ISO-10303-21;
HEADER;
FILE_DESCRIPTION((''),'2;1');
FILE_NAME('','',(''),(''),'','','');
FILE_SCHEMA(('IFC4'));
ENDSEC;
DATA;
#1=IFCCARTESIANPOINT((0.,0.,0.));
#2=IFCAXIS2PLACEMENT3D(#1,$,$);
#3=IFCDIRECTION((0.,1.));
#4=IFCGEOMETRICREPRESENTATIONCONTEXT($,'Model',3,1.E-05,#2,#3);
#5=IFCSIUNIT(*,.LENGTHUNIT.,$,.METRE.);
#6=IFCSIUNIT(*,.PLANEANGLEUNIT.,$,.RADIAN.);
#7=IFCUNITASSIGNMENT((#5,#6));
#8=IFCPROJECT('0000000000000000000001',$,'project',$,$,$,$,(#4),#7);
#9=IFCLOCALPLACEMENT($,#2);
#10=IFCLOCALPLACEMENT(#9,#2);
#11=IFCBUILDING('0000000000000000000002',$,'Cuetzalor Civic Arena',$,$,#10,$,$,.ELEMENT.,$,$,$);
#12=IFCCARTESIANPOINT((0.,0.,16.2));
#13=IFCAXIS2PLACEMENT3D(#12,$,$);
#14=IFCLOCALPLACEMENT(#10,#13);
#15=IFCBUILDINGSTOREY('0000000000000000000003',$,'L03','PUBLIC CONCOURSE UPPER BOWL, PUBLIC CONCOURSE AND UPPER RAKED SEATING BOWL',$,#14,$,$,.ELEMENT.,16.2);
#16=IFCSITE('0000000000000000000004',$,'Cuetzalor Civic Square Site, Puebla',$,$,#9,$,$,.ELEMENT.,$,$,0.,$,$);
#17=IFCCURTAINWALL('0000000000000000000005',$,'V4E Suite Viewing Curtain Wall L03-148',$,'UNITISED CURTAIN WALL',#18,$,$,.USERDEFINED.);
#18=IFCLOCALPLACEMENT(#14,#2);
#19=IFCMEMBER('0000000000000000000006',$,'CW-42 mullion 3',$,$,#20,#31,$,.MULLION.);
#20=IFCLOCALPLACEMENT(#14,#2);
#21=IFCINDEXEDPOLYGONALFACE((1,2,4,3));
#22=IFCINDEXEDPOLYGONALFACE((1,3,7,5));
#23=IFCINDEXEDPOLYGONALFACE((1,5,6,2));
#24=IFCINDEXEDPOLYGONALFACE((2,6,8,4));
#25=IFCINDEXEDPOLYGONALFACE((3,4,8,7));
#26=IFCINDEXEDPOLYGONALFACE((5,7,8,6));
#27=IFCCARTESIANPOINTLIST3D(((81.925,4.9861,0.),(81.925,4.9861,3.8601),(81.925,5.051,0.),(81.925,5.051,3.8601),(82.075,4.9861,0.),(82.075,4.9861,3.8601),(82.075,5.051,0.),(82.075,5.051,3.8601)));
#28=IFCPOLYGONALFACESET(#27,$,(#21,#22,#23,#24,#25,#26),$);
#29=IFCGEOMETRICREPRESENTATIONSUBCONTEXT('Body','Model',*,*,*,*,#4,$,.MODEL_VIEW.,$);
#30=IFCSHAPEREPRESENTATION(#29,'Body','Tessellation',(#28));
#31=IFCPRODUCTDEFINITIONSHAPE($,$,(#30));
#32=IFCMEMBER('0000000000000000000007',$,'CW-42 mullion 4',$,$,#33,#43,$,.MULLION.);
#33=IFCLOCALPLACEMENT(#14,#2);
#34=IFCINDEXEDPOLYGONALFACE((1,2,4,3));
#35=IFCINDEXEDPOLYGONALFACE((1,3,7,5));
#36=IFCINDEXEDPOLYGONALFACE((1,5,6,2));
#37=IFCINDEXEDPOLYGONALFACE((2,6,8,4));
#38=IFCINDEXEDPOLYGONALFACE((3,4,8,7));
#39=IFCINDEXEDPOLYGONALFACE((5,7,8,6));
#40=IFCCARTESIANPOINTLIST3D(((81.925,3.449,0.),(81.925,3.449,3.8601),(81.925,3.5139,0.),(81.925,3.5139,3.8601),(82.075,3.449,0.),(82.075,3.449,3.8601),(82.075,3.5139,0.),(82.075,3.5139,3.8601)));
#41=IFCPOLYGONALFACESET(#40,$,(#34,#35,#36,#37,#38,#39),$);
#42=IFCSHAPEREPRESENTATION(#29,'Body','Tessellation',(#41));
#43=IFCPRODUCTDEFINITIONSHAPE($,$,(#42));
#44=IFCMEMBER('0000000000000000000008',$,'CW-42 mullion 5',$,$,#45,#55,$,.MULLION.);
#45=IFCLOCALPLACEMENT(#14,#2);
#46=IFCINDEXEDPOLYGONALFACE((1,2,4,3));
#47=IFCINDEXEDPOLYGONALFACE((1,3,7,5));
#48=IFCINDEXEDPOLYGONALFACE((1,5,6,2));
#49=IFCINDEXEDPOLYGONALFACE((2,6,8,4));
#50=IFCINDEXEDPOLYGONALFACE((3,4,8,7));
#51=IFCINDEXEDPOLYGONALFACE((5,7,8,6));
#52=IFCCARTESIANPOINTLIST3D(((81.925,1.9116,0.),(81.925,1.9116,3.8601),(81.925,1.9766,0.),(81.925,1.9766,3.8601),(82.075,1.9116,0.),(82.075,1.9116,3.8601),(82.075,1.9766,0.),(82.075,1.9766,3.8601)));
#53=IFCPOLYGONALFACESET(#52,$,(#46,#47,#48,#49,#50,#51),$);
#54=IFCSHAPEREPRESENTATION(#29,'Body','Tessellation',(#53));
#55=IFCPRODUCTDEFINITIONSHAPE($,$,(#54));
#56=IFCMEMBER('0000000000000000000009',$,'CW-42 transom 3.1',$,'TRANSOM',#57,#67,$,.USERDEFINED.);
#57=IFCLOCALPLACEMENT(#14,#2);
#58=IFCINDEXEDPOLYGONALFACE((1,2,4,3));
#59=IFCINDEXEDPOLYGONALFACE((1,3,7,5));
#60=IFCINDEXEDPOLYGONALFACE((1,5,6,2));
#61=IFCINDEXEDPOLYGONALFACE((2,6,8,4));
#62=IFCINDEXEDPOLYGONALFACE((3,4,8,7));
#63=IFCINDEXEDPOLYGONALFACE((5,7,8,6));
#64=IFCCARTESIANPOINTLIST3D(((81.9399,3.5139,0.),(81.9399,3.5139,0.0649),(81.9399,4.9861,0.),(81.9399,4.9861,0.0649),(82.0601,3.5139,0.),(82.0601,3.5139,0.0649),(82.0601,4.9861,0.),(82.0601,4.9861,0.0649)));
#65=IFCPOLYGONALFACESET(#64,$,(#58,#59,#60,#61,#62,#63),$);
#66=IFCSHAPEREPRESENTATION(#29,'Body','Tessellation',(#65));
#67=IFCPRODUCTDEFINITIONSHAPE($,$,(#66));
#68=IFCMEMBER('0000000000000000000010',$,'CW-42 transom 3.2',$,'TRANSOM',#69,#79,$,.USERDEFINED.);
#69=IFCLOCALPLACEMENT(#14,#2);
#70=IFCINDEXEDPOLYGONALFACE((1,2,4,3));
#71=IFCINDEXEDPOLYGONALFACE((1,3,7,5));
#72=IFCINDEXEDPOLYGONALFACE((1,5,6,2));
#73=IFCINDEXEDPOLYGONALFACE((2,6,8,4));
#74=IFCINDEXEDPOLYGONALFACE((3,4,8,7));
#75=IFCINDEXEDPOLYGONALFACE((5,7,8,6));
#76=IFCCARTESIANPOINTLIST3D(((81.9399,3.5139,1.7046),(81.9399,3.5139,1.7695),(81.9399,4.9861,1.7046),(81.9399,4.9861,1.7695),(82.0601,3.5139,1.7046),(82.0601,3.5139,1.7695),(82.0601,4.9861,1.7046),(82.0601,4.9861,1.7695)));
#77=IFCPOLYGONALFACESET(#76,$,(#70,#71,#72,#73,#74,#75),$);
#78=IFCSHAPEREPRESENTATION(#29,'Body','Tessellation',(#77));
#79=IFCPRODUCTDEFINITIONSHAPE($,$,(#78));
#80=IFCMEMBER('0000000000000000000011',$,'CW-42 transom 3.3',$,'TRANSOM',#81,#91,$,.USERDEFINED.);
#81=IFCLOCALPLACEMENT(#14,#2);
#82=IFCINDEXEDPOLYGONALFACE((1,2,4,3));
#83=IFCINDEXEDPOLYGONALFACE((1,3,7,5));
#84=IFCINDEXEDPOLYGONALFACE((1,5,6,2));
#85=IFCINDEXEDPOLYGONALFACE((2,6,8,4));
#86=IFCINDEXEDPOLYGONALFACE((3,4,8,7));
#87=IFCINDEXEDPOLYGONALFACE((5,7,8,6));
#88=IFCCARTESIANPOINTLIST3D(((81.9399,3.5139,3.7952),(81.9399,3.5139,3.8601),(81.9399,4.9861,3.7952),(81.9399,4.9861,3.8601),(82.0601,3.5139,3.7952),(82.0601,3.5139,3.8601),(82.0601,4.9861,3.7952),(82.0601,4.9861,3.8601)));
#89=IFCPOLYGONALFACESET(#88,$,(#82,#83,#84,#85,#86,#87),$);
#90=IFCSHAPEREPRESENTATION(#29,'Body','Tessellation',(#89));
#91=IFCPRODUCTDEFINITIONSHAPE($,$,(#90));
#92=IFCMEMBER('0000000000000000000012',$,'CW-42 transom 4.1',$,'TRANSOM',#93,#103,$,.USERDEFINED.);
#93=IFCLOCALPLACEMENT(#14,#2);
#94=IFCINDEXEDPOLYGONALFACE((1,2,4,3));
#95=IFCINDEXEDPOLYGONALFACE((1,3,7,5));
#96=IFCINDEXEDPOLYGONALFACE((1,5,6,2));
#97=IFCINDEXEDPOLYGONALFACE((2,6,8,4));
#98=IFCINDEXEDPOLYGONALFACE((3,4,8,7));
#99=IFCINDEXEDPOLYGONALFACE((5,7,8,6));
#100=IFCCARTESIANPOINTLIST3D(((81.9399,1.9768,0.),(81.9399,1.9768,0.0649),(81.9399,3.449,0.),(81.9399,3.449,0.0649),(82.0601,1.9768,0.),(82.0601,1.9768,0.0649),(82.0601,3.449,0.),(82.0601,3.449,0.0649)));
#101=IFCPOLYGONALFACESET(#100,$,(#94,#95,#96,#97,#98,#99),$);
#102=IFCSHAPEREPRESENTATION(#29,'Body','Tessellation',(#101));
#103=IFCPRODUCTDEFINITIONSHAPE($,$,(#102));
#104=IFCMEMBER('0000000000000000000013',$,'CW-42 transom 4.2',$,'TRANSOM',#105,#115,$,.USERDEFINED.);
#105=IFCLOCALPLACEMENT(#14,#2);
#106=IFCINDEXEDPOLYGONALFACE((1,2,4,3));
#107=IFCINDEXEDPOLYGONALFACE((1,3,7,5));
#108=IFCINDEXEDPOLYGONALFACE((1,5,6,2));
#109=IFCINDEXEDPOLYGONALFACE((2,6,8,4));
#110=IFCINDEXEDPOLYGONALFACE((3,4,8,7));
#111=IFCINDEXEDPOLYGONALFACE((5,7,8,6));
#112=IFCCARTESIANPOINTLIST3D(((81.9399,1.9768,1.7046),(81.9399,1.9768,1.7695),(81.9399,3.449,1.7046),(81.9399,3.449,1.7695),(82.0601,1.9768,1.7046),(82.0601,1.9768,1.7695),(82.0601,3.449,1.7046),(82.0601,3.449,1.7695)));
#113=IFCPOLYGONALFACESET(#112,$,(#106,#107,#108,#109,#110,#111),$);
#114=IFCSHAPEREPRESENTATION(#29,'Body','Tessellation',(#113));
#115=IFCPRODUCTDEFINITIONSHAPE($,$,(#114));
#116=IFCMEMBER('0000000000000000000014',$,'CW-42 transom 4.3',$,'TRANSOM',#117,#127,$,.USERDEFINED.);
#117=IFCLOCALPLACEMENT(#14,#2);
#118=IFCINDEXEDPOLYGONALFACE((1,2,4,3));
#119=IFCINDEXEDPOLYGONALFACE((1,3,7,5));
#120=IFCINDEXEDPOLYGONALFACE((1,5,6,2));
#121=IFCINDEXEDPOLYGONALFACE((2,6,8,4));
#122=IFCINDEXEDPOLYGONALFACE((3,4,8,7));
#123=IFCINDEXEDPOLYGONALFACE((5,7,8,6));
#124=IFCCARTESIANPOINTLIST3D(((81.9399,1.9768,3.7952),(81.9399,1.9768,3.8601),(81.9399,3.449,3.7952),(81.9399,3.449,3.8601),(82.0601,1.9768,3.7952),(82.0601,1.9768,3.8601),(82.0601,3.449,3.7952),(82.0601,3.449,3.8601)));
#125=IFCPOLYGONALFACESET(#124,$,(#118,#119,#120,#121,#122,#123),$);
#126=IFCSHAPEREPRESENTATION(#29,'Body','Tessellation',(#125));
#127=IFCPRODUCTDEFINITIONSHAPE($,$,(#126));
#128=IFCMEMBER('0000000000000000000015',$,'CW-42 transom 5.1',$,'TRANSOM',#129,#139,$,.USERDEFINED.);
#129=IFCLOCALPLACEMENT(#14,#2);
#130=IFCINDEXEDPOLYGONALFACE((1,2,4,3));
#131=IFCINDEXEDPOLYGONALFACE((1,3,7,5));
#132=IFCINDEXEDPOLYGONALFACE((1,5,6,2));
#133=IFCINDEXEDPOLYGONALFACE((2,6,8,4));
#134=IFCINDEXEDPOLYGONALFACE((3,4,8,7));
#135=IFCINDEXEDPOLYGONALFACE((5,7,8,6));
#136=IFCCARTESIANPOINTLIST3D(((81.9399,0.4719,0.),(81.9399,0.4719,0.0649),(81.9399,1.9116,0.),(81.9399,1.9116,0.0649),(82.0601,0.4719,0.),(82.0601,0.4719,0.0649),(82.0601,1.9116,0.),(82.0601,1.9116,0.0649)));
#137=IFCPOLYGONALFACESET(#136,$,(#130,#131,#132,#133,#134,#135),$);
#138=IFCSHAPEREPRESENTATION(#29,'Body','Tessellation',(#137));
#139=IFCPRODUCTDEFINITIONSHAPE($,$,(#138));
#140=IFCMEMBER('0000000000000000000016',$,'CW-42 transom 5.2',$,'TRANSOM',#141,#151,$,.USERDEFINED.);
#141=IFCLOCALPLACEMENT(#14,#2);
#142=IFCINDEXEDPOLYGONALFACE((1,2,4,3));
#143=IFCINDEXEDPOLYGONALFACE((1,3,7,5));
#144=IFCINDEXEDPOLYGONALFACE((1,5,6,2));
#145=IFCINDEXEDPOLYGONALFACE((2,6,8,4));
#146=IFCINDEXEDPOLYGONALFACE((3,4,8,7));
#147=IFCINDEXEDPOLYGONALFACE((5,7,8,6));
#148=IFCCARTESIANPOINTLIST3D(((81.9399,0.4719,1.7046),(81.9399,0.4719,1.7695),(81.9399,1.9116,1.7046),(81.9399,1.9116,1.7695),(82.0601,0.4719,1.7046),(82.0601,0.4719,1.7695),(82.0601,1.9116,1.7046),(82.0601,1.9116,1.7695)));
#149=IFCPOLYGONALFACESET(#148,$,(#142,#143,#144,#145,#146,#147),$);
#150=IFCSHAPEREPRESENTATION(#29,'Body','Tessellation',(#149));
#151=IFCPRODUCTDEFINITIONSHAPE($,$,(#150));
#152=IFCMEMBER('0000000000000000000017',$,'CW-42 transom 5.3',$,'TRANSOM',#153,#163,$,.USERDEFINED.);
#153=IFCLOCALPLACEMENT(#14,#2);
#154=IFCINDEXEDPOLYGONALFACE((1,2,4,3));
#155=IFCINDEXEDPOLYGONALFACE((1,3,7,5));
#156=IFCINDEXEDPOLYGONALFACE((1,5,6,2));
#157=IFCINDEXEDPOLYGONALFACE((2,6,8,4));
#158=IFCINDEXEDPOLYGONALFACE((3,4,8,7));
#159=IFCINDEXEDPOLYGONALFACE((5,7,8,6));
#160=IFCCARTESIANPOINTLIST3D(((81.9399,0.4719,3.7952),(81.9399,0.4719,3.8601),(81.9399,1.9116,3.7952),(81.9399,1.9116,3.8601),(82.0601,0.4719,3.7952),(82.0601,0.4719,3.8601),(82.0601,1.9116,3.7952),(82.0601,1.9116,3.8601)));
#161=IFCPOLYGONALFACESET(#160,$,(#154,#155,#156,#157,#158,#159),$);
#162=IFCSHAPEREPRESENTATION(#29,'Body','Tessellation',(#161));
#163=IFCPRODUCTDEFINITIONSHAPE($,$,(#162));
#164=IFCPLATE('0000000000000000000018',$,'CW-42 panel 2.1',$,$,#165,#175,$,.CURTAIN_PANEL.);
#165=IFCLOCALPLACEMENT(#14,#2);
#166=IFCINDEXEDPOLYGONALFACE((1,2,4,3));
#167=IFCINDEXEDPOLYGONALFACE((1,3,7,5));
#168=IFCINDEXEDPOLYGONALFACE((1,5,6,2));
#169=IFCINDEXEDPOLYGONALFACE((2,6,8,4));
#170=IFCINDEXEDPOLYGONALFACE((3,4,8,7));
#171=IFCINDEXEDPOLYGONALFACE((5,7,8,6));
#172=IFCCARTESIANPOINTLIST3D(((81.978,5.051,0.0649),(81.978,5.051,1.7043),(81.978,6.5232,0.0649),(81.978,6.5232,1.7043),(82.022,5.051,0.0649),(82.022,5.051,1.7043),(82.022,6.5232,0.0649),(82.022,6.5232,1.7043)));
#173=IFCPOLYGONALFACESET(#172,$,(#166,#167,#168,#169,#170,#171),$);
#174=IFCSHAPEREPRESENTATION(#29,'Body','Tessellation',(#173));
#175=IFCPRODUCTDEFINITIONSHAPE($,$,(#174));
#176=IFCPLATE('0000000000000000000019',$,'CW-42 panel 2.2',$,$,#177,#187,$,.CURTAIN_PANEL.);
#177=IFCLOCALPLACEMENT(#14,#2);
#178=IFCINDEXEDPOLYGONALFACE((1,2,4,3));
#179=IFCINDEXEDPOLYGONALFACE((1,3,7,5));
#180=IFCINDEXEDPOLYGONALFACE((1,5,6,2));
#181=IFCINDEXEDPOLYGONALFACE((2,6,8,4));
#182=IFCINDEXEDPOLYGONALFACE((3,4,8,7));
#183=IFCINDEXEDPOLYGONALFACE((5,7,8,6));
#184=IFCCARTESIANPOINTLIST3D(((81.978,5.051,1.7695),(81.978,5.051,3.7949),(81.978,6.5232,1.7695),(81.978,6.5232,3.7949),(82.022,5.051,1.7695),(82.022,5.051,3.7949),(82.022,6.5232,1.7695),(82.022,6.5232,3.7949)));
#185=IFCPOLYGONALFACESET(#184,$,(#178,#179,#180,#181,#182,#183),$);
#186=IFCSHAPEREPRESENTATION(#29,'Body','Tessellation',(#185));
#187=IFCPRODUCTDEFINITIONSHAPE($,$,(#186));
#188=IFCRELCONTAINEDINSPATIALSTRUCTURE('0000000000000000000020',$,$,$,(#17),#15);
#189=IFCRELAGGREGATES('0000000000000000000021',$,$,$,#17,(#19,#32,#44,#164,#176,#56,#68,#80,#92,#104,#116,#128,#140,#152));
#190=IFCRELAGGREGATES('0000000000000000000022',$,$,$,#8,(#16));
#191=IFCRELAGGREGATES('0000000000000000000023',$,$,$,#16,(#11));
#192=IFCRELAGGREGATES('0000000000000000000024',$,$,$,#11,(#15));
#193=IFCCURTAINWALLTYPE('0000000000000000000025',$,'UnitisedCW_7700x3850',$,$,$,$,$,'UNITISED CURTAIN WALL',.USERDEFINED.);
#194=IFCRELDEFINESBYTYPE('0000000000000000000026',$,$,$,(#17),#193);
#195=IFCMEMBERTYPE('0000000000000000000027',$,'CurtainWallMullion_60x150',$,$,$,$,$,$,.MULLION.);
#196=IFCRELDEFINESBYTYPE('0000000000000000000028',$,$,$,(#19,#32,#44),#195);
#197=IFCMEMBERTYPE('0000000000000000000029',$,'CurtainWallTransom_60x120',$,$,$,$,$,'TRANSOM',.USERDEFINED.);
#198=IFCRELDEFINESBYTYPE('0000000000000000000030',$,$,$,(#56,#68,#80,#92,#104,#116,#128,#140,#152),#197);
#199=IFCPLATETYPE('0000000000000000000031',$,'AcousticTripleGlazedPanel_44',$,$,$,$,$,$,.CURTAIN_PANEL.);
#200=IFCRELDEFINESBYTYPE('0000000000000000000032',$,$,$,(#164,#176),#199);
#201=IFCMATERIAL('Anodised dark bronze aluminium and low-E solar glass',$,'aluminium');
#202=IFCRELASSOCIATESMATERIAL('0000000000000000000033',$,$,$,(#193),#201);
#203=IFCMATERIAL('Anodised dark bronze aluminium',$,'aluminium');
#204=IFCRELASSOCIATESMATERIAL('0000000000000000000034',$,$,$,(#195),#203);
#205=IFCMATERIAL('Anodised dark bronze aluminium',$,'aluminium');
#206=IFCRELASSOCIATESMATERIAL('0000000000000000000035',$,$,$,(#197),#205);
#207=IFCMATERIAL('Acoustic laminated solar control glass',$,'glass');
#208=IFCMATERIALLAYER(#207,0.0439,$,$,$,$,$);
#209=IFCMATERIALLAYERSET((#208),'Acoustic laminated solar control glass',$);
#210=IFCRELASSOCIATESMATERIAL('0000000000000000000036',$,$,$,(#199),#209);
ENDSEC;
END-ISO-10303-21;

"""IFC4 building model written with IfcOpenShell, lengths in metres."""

from ifc_helpers import new_model, si_unit, direction, frame, origin, origin_2d, place, context, subcontext, project, spatial, rectangle, extrude, material, layer, layer_set, material_profile, profile_set, type_object, element, aggregate, save


model = new_model("IFC4")

# Units and contexts
model_context = context("Model", 3, precision=1e-05, world=origin(), true_north=direction((0.0, 1.0)))
body_context = subcontext(model_context, "Body", "Model", "MODEL_VIEW")
ifc_project = project(units=[si_unit("LENGTHUNIT", "METRE"), si_unit("PLANEANGLEUNIT", "RADIAN")], contexts=[model_context])

# Site, building, storey
site_placement = place(None, origin())
site = spatial("IfcSite", under=ifc_project, at=site_placement, Name="Cuetzalor Civic Square Site, Puebla", CompositionType="ELEMENT", RefElevation=0.0)
building_placement = place(site_placement, origin())
building = spatial("IfcBuilding", under=site, at=building_placement, Name="Cuetzalor Civic Arena", CompositionType="ELEMENT")
storey_placement = place(building_placement, frame((0.0, 0.0, 16.2)))
storey = spatial("IfcBuildingStorey", under=building, at=storey_placement, Name="L03", Description="PUBLIC CONCOURSE UPPER BOWL, PUBLIC CONCOURSE AND UPPER RAKED SEATING BOWL", CompositionType="ELEMENT", Elevation=16.2)

# Curtain wall, members, plates
ifc_material_1 = material(Name="Anodised dark bronze aluminium and low-E solar glass", Category="aluminium")
curtain_wall_type = type_object("IfcCurtainWallType", Name="UnitisedCW_7700x3850", ElementType="UNITISED CURTAIN WALL", PredefinedType="USERDEFINED", material=ifc_material_1)
curtain_wall_placement = place(storey_placement, origin())
curtain_wall = element("IfcCurtainWall", 1, at=curtain_wall_placement, inside=storey, type_object=curtain_wall_type, Name="V4E Suite Viewing Curtain Wall L03-148", ObjectType="UNITISED CURTAIN WALL", PredefinedType="USERDEFINED")
ifc_material_2 = material(Name="Anodised dark bronze aluminium", Category="aluminium")
ifc_material_profile_1 = material_profile(ifc_material_2, rectangle(XDim=0.0649, YDim=0.1499, at=origin_2d()), Name="ALU MULLION 65x150")
ifc_profile_set_1 = profile_set([ifc_material_profile_1], Name="Anodised dark bronze aluminium")
member_type_1 = type_object("IfcMemberType", Name="CurtainWallMullion_60x150", PredefinedType="MULLION", material=ifc_profile_set_1)
member_1_placement = place(storey_placement, frame((82.0, 5.0186, 0.0), z_axis=(0.0, 0.0, 1.0), x_axis=(0.0, -1.0, 0.0)))
member_1 = element("IfcMember", 2, at=member_1_placement, type_object=member_type_1, Name="CW-42 mullion 3", PredefinedType="MULLION", context=body_context, shape_type="SweptSolid", body=[
    extrude(rectangle(XDim=0.0649, YDim=0.1499, at=origin_2d()), origin(), (0.0, 0.0, 1.0), 3.8601),
])
member_2_placement = place(storey_placement, frame((82.0, 3.4814, 0.0), z_axis=(0.0, 0.0, 1.0), x_axis=(0.0, -1.0, 0.0)))
member_2 = element("IfcMember", 3, at=member_2_placement, type_object=member_type_1, Name="CW-42 mullion 4", PredefinedType="MULLION", context=body_context, shape_type="SweptSolid", body=[
    extrude(rectangle(XDim=0.0649, YDim=0.1499, at=origin_2d()), origin(), (0.0, 0.0, 1.0), 3.8601),
])
member_3_placement = place(storey_placement, frame((82.0, 1.9441, 0.0), z_axis=(0.0, 0.0, 1.0), x_axis=(0.0, -1.0, 0.0)))
member_3 = element("IfcMember", 4, at=member_3_placement, type_object=member_type_1, Name="CW-42 mullion 5", PredefinedType="MULLION", context=body_context, shape_type="SweptSolid", body=[
    extrude(rectangle(XDim=0.0649, YDim=0.1499, at=origin_2d()), origin(), (0.0, 0.0, 1.0), 3.8601),
])
ifc_material_3 = material(Name="Anodised dark bronze aluminium", Category="aluminium")
ifc_material_profile_2 = material_profile(ifc_material_3, rectangle(XDim=0.1201, YDim=0.0649, at=origin_2d()), Name="ALU TRANSOM 65x120")
ifc_profile_set_2 = profile_set([ifc_material_profile_2], Name="Anodised dark bronze aluminium")
member_type_2 = type_object("IfcMemberType", Name="CurtainWallTransom_60x120", ElementType="TRANSOM", PredefinedType="USERDEFINED", material=ifc_profile_set_2)
member_4_placement = place(storey_placement, frame((82.0, 4.9861, 0.0325), z_axis=(0.0, -1.0, 0.0), x_axis=(1.0, 0.0, 0.0)))
member_4 = element("IfcMember", 5, at=member_4_placement, type_object=member_type_2, Name="CW-42 transom 3.1", ObjectType="TRANSOM", PredefinedType="USERDEFINED", context=body_context, shape_type="SweptSolid", body=[
    extrude(rectangle(XDim=0.1201, YDim=0.0649, at=origin_2d()), origin(), (0.0, 0.0, 1.0), 1.4722),
])
member_5_placement = place(storey_placement, frame((82.0, 4.9861, 1.7371), z_axis=(0.0, -1.0, 0.0), x_axis=(1.0, 0.0, 0.0)))
member_5 = element("IfcMember", 6, at=member_5_placement, type_object=member_type_2, Name="CW-42 transom 3.2", ObjectType="TRANSOM", PredefinedType="USERDEFINED", context=body_context, shape_type="SweptSolid", body=[
    extrude(rectangle(XDim=0.1201, YDim=0.0649, at=origin_2d()), origin(), (0.0, 0.0, 1.0), 1.4722),
])
member_6_placement = place(storey_placement, frame((82.0, 4.9861, 3.8276), z_axis=(0.0, -1.0, 0.0), x_axis=(1.0, 0.0, 0.0)))
member_6 = element("IfcMember", 7, at=member_6_placement, type_object=member_type_2, Name="CW-42 transom 3.3", ObjectType="TRANSOM", PredefinedType="USERDEFINED", context=body_context, shape_type="SweptSolid", body=[
    extrude(rectangle(XDim=0.1201, YDim=0.0649, at=origin_2d()), origin(), (0.0, 0.0, 1.0), 1.4722),
])
member_7_placement = place(storey_placement, frame((82.0, 3.449, 0.0325), z_axis=(0.0, -1.0, 0.0), x_axis=(1.0, 0.0, 0.0)))
member_7 = element("IfcMember", 8, at=member_7_placement, type_object=member_type_2, Name="CW-42 transom 4.1", ObjectType="TRANSOM", PredefinedType="USERDEFINED", context=body_context, shape_type="SweptSolid", body=[
    extrude(rectangle(XDim=0.1201, YDim=0.0649, at=origin_2d()), origin(), (0.0, 0.0, 1.0), 1.4722),
])
member_8_placement = place(storey_placement, frame((82.0, 3.449, 1.7371), z_axis=(0.0, -1.0, 0.0), x_axis=(1.0, 0.0, 0.0)))
member_8 = element("IfcMember", 9, at=member_8_placement, type_object=member_type_2, Name="CW-42 transom 4.2", ObjectType="TRANSOM", PredefinedType="USERDEFINED", context=body_context, shape_type="SweptSolid", body=[
    extrude(rectangle(XDim=0.1201, YDim=0.0649, at=origin_2d()), origin(), (0.0, 0.0, 1.0), 1.4722),
])
member_9_placement = place(storey_placement, frame((82.0, 3.449, 3.8276), z_axis=(0.0, -1.0, 0.0), x_axis=(1.0, 0.0, 0.0)))
member_9 = element("IfcMember", 10, at=member_9_placement, type_object=member_type_2, Name="CW-42 transom 4.3", ObjectType="TRANSOM", PredefinedType="USERDEFINED", context=body_context, shape_type="SweptSolid", body=[
    extrude(rectangle(XDim=0.1201, YDim=0.0649, at=origin_2d()), origin(), (0.0, 0.0, 1.0), 1.4722),
])
member_10_placement = place(storey_placement, frame((82.0, 1.9116, 0.0325), z_axis=(0.0, -1.0, 0.0), x_axis=(1.0, 0.0, 0.0)))
member_10 = element("IfcMember", 11, at=member_10_placement, type_object=member_type_2, Name="CW-42 transom 5.1", ObjectType="TRANSOM", PredefinedType="USERDEFINED", context=body_context, shape_type="SweptSolid", body=[
    extrude(rectangle(XDim=0.1201, YDim=0.0649, at=origin_2d()), origin(), (0.0, 0.0, 1.0), 1.4397),
])
member_11_placement = place(storey_placement, frame((82.0, 1.9116, 1.7371), z_axis=(0.0, -1.0, 0.0), x_axis=(1.0, 0.0, 0.0)))
member_11 = element("IfcMember", 12, at=member_11_placement, type_object=member_type_2, Name="CW-42 transom 5.2", ObjectType="TRANSOM", PredefinedType="USERDEFINED", context=body_context, shape_type="SweptSolid", body=[
    extrude(rectangle(XDim=0.1201, YDim=0.0649, at=origin_2d()), origin(), (0.0, 0.0, 1.0), 1.4397),
])
member_12_placement = place(storey_placement, frame((82.0, 1.9116, 3.8276), z_axis=(0.0, -1.0, 0.0), x_axis=(1.0, 0.0, 0.0)))
member_12 = element("IfcMember", 13, at=member_12_placement, type_object=member_type_2, Name="CW-42 transom 5.3", ObjectType="TRANSOM", PredefinedType="USERDEFINED", context=body_context, shape_type="SweptSolid", body=[
    extrude(rectangle(XDim=0.1201, YDim=0.0649, at=origin_2d()), origin(), (0.0, 0.0, 1.0), 1.4397),
])
ifc_material_4 = material(Name="Acoustic laminated solar control glass", Category="glass")
ifc_layer_1 = layer(ifc_material_4, 0.0439)
ifc_layer_set_1 = layer_set([ifc_layer_1], Name="Acoustic laminated solar control glass")
plate_type = type_object("IfcPlateType", Name="AcousticTripleGlazedPanel_44", PredefinedType="CURTAIN_PANEL", material=ifc_layer_set_1)
plate_1_placement = place(storey_placement, frame((82.0, 5.7871, 0.0649), z_axis=(0.0, 0.0, 1.0), x_axis=(0.0, -1.0, 0.0)))
plate_1 = element("IfcPlate", 14, at=plate_1_placement, type_object=plate_type, Name="CW-42 panel 2.1", PredefinedType="CURTAIN_PANEL", context=body_context, shape_type="SweptSolid", body=[
    extrude(rectangle(XDim=1.4722, YDim=0.0439, at=origin_2d()), origin(), (0.0, 0.0, 1.0), 1.6394),
])
plate_2_placement = place(storey_placement, frame((82.0, 5.7871, 1.7695), z_axis=(0.0, 0.0, 1.0), x_axis=(0.0, -1.0, 0.0)))
plate_2 = element("IfcPlate", 15, at=plate_2_placement, type_object=plate_type, Name="CW-42 panel 2.2", PredefinedType="CURTAIN_PANEL", context=body_context, shape_type="SweptSolid", body=[
    extrude(rectangle(XDim=1.4722, YDim=0.0439, at=origin_2d()), origin(), (0.0, 0.0, 1.0), 2.0254),
])
aggregate(curtain_wall, [member_1, member_2, member_3, plate_1, plate_2, member_4, member_5, member_6, member_7, member_8, member_9, member_10, member_11, member_12])

save(model, "model.ifc")
